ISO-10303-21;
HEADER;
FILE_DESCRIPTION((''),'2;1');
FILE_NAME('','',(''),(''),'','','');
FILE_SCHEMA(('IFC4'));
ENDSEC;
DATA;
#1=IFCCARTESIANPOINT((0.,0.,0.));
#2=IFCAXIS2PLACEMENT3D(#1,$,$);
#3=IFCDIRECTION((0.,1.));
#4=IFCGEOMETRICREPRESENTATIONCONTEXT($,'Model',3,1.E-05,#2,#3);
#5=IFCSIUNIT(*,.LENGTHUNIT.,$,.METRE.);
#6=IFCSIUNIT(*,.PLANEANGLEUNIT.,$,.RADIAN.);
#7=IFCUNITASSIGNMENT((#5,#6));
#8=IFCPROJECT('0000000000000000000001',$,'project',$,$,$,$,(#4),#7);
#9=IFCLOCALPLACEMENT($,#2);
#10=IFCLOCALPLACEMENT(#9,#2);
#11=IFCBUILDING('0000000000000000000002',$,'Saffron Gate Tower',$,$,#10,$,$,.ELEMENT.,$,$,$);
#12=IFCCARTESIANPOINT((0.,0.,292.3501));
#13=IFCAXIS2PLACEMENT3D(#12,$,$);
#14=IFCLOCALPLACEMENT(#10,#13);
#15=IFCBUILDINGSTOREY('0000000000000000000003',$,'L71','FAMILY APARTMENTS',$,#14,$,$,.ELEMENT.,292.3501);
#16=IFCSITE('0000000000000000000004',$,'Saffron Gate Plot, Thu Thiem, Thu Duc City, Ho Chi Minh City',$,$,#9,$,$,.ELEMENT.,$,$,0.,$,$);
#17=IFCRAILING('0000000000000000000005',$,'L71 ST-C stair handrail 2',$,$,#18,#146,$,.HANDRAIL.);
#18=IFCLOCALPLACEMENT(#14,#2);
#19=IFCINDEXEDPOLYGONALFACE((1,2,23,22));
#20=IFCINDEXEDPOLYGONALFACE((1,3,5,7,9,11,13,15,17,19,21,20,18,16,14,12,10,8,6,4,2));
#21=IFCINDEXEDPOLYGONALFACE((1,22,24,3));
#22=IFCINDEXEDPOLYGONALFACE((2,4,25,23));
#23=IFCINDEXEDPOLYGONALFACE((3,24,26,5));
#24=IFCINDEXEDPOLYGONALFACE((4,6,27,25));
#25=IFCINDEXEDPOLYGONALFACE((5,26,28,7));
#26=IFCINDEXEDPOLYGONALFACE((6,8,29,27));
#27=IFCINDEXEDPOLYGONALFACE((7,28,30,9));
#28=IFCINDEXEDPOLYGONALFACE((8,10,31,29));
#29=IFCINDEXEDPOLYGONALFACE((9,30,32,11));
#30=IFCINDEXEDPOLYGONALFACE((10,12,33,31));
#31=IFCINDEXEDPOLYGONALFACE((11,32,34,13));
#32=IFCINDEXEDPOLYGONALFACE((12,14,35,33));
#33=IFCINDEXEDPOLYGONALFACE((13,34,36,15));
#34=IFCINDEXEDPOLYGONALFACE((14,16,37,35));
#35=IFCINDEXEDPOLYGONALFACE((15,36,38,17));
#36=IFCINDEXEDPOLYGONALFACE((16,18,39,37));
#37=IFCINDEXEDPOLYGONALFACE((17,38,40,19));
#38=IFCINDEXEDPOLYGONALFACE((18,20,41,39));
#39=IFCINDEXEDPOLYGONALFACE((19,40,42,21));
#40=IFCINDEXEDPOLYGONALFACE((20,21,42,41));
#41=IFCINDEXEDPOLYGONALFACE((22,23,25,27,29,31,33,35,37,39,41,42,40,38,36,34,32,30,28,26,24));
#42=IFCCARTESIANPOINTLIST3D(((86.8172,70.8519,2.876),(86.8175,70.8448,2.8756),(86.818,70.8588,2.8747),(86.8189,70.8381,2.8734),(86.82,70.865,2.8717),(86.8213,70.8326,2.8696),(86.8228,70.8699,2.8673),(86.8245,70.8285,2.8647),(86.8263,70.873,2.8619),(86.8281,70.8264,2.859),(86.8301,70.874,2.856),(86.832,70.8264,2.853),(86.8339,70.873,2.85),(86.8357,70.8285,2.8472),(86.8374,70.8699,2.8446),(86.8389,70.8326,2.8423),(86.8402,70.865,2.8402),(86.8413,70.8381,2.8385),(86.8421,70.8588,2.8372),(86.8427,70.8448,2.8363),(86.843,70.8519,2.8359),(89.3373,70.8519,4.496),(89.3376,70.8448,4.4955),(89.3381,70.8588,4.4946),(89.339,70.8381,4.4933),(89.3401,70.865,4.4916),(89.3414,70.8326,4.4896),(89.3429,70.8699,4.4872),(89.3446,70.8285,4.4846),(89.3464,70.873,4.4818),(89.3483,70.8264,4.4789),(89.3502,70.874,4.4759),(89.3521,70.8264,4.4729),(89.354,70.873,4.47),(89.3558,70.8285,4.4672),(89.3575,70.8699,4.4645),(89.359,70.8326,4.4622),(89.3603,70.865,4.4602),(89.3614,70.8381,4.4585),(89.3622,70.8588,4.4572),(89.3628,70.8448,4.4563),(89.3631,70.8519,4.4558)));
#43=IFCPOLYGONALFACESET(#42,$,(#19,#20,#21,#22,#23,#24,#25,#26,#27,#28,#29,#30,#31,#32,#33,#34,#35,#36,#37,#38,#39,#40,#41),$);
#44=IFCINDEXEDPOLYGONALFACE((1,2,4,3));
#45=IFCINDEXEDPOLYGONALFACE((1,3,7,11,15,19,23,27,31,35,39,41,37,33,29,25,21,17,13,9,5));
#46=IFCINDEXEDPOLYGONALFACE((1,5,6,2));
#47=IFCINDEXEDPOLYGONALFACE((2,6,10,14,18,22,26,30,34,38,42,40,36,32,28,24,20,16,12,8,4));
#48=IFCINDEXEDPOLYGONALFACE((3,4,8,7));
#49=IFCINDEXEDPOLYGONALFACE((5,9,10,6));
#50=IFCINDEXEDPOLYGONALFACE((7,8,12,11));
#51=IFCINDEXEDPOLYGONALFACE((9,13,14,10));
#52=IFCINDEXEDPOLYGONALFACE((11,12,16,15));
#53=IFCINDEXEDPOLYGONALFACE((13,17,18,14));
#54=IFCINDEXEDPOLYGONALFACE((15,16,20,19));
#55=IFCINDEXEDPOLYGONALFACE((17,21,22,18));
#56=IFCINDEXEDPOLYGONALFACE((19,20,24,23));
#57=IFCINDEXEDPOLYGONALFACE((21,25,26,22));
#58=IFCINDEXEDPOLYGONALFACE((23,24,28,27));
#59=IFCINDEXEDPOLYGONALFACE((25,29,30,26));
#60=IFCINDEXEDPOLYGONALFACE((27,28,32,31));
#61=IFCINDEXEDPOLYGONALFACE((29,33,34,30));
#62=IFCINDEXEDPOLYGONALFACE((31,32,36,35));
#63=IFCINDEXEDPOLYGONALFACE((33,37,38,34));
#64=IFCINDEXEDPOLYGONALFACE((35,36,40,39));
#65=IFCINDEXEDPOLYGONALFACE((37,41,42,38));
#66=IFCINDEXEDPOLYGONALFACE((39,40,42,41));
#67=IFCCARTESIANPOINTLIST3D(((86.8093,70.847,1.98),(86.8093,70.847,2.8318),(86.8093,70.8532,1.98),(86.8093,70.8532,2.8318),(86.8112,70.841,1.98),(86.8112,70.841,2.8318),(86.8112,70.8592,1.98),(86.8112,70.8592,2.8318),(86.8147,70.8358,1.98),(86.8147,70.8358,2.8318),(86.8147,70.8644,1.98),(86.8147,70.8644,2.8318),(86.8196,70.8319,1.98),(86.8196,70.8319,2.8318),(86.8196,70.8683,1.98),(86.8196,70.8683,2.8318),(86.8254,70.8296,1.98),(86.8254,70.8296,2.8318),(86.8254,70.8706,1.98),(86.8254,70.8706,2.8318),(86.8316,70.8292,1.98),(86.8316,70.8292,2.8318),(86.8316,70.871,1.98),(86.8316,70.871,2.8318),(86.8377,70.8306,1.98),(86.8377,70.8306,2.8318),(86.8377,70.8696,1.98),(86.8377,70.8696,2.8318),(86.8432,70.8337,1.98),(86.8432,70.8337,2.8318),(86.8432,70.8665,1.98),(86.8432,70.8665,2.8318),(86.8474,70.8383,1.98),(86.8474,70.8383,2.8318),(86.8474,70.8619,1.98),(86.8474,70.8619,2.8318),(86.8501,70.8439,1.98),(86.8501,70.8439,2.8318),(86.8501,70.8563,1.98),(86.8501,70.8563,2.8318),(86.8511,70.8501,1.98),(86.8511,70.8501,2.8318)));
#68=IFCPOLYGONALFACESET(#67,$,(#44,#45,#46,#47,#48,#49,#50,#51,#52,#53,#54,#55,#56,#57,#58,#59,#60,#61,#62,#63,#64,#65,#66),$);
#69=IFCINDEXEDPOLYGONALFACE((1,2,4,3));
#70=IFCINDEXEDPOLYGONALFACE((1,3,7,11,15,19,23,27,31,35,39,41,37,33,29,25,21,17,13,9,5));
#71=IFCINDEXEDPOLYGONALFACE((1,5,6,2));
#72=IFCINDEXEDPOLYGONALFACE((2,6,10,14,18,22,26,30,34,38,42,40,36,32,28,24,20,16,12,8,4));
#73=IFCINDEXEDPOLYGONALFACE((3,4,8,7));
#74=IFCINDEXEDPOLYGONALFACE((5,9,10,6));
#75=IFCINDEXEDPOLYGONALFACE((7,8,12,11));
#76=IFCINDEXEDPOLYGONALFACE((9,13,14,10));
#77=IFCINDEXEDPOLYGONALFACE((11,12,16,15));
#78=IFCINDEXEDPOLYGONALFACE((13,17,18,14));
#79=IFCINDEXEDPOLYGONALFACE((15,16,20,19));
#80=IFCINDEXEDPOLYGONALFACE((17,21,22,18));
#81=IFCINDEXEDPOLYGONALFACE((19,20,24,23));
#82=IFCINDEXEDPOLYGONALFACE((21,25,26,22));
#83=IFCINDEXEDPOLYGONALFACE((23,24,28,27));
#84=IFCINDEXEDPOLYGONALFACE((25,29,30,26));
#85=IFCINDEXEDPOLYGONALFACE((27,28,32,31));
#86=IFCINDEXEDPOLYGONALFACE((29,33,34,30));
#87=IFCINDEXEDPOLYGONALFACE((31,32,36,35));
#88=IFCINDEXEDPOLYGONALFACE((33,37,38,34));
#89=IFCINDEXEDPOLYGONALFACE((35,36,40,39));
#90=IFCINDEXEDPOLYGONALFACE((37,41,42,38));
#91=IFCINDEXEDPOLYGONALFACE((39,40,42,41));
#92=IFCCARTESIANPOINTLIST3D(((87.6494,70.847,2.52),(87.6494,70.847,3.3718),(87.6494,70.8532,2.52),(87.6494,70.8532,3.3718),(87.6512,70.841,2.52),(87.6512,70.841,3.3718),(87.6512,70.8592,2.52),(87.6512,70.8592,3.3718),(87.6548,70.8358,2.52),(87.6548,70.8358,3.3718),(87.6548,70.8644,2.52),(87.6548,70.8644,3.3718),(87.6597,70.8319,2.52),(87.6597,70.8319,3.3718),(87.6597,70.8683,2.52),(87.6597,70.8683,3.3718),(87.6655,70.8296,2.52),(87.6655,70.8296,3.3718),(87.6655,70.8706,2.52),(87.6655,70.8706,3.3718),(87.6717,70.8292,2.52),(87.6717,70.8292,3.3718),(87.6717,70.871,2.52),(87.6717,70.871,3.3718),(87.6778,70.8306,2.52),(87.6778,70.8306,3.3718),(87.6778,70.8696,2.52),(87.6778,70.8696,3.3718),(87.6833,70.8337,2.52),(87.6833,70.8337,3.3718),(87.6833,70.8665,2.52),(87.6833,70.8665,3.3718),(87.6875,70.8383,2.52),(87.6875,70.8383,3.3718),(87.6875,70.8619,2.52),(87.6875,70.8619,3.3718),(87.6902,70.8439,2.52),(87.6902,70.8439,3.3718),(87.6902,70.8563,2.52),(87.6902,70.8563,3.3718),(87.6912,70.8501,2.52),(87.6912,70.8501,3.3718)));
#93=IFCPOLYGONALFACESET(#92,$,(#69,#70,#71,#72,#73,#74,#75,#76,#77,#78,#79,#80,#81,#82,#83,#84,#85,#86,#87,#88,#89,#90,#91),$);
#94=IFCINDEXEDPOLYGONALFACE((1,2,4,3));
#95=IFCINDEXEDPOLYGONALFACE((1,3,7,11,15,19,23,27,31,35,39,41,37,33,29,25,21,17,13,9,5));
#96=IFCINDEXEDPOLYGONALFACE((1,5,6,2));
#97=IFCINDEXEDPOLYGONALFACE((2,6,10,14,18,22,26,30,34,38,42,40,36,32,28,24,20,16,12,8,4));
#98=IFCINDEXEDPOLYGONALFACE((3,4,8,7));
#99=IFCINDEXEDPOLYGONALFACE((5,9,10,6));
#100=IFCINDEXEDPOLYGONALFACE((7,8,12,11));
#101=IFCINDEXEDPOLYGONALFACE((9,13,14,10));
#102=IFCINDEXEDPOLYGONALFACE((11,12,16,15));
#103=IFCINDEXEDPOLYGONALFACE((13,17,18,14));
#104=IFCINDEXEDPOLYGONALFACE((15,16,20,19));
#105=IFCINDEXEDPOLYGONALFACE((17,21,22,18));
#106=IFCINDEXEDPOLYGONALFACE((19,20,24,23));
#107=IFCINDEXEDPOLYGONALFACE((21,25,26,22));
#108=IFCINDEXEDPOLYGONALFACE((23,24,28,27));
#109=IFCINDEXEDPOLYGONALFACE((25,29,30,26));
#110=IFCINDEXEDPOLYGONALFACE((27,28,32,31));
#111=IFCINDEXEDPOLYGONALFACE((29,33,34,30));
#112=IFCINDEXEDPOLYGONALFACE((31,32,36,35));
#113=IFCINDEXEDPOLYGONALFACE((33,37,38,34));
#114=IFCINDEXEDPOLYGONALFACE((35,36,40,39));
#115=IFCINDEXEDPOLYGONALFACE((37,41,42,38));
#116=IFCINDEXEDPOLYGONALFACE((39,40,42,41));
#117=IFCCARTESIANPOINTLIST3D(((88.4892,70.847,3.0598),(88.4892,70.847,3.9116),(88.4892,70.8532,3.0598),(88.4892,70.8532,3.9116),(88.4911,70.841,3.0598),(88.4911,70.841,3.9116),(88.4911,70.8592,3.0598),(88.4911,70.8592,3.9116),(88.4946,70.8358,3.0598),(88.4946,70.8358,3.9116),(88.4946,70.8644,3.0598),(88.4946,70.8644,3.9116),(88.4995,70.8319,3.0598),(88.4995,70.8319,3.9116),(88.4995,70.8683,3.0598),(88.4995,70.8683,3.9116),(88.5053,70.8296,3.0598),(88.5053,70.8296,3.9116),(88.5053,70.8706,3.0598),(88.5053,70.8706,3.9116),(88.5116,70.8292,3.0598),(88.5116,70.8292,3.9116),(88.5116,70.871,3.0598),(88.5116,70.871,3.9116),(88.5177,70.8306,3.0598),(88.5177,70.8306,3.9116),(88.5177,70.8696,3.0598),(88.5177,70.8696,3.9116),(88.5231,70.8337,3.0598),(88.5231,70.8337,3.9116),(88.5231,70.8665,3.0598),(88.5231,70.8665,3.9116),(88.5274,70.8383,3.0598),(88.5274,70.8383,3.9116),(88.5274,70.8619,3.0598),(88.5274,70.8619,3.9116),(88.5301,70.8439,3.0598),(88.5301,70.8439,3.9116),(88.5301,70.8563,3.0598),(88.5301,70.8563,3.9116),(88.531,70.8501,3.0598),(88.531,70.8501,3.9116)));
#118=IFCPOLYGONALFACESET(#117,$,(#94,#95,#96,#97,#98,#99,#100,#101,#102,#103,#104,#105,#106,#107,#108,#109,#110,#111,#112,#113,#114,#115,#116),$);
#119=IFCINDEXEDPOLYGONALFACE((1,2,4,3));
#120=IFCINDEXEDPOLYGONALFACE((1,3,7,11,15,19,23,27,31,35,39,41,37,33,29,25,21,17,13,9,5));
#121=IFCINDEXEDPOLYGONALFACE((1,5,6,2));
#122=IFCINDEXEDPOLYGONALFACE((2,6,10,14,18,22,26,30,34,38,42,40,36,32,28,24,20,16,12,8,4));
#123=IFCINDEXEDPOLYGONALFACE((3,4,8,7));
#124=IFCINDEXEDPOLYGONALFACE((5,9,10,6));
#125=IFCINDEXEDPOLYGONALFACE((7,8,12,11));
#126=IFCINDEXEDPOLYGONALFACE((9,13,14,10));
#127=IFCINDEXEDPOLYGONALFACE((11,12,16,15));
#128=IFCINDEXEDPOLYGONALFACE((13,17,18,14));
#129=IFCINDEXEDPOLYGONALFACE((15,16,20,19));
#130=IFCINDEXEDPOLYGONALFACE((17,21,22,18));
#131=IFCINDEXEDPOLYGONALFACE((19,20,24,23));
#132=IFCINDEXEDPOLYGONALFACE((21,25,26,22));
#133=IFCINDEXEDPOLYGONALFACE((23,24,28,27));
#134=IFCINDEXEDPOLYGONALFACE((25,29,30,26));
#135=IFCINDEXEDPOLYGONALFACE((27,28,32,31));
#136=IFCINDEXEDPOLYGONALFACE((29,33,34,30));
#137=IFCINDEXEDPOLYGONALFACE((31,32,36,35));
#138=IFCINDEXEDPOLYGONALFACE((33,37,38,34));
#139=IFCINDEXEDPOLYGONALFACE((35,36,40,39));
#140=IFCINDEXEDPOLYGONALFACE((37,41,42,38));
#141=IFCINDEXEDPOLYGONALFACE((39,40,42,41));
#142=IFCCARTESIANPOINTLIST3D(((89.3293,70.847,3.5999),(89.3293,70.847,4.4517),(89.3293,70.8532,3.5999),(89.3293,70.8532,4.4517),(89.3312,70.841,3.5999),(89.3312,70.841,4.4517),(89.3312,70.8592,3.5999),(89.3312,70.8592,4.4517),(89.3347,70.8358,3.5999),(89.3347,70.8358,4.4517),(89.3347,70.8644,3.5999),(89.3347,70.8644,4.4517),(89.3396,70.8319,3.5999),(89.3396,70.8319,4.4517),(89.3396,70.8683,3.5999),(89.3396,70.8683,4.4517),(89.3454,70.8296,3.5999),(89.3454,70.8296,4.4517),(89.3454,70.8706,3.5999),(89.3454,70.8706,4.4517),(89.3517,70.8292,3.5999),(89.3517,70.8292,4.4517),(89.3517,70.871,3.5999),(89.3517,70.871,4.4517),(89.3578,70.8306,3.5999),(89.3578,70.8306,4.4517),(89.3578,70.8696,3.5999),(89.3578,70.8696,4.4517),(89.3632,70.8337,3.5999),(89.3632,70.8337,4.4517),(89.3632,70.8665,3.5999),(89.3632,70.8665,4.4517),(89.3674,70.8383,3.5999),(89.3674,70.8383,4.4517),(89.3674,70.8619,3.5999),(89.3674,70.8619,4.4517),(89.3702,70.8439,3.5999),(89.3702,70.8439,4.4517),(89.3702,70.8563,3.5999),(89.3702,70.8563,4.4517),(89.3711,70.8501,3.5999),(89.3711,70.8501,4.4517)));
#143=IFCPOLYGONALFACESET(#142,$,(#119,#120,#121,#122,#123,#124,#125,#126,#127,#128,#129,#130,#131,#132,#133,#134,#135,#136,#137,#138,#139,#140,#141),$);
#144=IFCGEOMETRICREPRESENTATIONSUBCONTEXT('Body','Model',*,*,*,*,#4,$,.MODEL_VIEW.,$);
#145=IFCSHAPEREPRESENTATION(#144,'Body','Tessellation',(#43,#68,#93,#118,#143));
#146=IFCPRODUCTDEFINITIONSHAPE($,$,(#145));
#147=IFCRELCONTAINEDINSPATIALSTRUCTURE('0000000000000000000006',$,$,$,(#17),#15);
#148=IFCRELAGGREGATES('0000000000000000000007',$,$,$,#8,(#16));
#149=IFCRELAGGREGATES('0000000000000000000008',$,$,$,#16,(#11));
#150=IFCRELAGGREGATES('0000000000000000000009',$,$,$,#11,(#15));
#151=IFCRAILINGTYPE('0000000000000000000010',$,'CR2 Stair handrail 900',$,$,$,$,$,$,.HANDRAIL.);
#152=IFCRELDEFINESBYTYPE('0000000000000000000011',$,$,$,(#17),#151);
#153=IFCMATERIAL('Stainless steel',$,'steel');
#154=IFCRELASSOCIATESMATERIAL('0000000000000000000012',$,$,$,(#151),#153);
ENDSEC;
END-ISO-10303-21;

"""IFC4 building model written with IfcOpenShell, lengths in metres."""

from ifc_helpers import new_model, si_unit, direction, frame, origin, origin_2d, place, context, subcontext, project, spatial, circle, extrude, material, type_object, element, save


model = new_model("IFC4")

# Units and contexts
model_context = context("Model", 3, precision=1e-05, world=origin(), true_north=direction((0.0, 1.0)))
body_context = subcontext(model_context, "Body", "Model", "MODEL_VIEW")
ifc_project = project(units=[si_unit("LENGTHUNIT", "METRE"), si_unit("PLANEANGLEUNIT", "RADIAN")], contexts=[model_context])

# Site, building, storey
site_placement = place(None, origin())
site = spatial("IfcSite", under=ifc_project, at=site_placement, Name="Saffron Gate Plot, Thu Thiem, Thu Duc City, Ho Chi Minh City", CompositionType="ELEMENT", RefElevation=0.0)
building_placement = place(site_placement, origin())
building = spatial("IfcBuilding", under=site, at=building_placement, Name="Saffron Gate Tower", CompositionType="ELEMENT")
storey_placement = place(building_placement, frame((0.0, 0.0, 292.3501)))
storey = spatial("IfcBuildingStorey", under=building, at=storey_placement, Name="L71", Description="FAMILY APARTMENTS", CompositionType="ELEMENT", Elevation=292.3501)

# Railing
ifc_material_1 = material(Name="Stainless steel", Category="steel")
railing_type_1 = type_object("IfcRailingType", Name="CR2 Stair handrail 900", PredefinedType="HANDRAIL", material=ifc_material_1)
railing_1_placement = place(storey_placement, frame((86.8301, 70.8501, 1.98)))
element("IfcRailing", 1, at=railing_1_placement, inside=storey, type_object=railing_type_1, Name="L71 ST-C stair handrail 2", PredefinedType="HANDRAIL", context=body_context, shape_type="SweptSolid", body=[
    extrude(circle(Radius=0.0239, at=origin_2d()), frame((0.0, 0.0, 0.876), z_axis=(0.8412, 0.0, 0.540725), x_axis=(0.0, 1.0, 0.0)), (0.0, 0.0, 1.0), 2.9958),
    extrude(circle(Radius=0.021, at=origin_2d()), origin(), (0.0, 0.0, 1.0), 0.8518),
    extrude(circle(Radius=0.021, at=origin_2d()), frame((0.8401, 0.0, 0.54)), (0.0, 0.0, 1.0), 0.8518),
    extrude(circle(Radius=0.021, at=origin_2d()), frame((1.6799, 0.0, 1.0798)), (0.0, 0.0, 1.0), 0.8518),
    extrude(circle(Radius=0.021, at=origin_2d()), frame((2.52, 0.0, 1.6199)), (0.0, 0.0, 1.0), 0.8518),
])

save(model, "model.ifc")
